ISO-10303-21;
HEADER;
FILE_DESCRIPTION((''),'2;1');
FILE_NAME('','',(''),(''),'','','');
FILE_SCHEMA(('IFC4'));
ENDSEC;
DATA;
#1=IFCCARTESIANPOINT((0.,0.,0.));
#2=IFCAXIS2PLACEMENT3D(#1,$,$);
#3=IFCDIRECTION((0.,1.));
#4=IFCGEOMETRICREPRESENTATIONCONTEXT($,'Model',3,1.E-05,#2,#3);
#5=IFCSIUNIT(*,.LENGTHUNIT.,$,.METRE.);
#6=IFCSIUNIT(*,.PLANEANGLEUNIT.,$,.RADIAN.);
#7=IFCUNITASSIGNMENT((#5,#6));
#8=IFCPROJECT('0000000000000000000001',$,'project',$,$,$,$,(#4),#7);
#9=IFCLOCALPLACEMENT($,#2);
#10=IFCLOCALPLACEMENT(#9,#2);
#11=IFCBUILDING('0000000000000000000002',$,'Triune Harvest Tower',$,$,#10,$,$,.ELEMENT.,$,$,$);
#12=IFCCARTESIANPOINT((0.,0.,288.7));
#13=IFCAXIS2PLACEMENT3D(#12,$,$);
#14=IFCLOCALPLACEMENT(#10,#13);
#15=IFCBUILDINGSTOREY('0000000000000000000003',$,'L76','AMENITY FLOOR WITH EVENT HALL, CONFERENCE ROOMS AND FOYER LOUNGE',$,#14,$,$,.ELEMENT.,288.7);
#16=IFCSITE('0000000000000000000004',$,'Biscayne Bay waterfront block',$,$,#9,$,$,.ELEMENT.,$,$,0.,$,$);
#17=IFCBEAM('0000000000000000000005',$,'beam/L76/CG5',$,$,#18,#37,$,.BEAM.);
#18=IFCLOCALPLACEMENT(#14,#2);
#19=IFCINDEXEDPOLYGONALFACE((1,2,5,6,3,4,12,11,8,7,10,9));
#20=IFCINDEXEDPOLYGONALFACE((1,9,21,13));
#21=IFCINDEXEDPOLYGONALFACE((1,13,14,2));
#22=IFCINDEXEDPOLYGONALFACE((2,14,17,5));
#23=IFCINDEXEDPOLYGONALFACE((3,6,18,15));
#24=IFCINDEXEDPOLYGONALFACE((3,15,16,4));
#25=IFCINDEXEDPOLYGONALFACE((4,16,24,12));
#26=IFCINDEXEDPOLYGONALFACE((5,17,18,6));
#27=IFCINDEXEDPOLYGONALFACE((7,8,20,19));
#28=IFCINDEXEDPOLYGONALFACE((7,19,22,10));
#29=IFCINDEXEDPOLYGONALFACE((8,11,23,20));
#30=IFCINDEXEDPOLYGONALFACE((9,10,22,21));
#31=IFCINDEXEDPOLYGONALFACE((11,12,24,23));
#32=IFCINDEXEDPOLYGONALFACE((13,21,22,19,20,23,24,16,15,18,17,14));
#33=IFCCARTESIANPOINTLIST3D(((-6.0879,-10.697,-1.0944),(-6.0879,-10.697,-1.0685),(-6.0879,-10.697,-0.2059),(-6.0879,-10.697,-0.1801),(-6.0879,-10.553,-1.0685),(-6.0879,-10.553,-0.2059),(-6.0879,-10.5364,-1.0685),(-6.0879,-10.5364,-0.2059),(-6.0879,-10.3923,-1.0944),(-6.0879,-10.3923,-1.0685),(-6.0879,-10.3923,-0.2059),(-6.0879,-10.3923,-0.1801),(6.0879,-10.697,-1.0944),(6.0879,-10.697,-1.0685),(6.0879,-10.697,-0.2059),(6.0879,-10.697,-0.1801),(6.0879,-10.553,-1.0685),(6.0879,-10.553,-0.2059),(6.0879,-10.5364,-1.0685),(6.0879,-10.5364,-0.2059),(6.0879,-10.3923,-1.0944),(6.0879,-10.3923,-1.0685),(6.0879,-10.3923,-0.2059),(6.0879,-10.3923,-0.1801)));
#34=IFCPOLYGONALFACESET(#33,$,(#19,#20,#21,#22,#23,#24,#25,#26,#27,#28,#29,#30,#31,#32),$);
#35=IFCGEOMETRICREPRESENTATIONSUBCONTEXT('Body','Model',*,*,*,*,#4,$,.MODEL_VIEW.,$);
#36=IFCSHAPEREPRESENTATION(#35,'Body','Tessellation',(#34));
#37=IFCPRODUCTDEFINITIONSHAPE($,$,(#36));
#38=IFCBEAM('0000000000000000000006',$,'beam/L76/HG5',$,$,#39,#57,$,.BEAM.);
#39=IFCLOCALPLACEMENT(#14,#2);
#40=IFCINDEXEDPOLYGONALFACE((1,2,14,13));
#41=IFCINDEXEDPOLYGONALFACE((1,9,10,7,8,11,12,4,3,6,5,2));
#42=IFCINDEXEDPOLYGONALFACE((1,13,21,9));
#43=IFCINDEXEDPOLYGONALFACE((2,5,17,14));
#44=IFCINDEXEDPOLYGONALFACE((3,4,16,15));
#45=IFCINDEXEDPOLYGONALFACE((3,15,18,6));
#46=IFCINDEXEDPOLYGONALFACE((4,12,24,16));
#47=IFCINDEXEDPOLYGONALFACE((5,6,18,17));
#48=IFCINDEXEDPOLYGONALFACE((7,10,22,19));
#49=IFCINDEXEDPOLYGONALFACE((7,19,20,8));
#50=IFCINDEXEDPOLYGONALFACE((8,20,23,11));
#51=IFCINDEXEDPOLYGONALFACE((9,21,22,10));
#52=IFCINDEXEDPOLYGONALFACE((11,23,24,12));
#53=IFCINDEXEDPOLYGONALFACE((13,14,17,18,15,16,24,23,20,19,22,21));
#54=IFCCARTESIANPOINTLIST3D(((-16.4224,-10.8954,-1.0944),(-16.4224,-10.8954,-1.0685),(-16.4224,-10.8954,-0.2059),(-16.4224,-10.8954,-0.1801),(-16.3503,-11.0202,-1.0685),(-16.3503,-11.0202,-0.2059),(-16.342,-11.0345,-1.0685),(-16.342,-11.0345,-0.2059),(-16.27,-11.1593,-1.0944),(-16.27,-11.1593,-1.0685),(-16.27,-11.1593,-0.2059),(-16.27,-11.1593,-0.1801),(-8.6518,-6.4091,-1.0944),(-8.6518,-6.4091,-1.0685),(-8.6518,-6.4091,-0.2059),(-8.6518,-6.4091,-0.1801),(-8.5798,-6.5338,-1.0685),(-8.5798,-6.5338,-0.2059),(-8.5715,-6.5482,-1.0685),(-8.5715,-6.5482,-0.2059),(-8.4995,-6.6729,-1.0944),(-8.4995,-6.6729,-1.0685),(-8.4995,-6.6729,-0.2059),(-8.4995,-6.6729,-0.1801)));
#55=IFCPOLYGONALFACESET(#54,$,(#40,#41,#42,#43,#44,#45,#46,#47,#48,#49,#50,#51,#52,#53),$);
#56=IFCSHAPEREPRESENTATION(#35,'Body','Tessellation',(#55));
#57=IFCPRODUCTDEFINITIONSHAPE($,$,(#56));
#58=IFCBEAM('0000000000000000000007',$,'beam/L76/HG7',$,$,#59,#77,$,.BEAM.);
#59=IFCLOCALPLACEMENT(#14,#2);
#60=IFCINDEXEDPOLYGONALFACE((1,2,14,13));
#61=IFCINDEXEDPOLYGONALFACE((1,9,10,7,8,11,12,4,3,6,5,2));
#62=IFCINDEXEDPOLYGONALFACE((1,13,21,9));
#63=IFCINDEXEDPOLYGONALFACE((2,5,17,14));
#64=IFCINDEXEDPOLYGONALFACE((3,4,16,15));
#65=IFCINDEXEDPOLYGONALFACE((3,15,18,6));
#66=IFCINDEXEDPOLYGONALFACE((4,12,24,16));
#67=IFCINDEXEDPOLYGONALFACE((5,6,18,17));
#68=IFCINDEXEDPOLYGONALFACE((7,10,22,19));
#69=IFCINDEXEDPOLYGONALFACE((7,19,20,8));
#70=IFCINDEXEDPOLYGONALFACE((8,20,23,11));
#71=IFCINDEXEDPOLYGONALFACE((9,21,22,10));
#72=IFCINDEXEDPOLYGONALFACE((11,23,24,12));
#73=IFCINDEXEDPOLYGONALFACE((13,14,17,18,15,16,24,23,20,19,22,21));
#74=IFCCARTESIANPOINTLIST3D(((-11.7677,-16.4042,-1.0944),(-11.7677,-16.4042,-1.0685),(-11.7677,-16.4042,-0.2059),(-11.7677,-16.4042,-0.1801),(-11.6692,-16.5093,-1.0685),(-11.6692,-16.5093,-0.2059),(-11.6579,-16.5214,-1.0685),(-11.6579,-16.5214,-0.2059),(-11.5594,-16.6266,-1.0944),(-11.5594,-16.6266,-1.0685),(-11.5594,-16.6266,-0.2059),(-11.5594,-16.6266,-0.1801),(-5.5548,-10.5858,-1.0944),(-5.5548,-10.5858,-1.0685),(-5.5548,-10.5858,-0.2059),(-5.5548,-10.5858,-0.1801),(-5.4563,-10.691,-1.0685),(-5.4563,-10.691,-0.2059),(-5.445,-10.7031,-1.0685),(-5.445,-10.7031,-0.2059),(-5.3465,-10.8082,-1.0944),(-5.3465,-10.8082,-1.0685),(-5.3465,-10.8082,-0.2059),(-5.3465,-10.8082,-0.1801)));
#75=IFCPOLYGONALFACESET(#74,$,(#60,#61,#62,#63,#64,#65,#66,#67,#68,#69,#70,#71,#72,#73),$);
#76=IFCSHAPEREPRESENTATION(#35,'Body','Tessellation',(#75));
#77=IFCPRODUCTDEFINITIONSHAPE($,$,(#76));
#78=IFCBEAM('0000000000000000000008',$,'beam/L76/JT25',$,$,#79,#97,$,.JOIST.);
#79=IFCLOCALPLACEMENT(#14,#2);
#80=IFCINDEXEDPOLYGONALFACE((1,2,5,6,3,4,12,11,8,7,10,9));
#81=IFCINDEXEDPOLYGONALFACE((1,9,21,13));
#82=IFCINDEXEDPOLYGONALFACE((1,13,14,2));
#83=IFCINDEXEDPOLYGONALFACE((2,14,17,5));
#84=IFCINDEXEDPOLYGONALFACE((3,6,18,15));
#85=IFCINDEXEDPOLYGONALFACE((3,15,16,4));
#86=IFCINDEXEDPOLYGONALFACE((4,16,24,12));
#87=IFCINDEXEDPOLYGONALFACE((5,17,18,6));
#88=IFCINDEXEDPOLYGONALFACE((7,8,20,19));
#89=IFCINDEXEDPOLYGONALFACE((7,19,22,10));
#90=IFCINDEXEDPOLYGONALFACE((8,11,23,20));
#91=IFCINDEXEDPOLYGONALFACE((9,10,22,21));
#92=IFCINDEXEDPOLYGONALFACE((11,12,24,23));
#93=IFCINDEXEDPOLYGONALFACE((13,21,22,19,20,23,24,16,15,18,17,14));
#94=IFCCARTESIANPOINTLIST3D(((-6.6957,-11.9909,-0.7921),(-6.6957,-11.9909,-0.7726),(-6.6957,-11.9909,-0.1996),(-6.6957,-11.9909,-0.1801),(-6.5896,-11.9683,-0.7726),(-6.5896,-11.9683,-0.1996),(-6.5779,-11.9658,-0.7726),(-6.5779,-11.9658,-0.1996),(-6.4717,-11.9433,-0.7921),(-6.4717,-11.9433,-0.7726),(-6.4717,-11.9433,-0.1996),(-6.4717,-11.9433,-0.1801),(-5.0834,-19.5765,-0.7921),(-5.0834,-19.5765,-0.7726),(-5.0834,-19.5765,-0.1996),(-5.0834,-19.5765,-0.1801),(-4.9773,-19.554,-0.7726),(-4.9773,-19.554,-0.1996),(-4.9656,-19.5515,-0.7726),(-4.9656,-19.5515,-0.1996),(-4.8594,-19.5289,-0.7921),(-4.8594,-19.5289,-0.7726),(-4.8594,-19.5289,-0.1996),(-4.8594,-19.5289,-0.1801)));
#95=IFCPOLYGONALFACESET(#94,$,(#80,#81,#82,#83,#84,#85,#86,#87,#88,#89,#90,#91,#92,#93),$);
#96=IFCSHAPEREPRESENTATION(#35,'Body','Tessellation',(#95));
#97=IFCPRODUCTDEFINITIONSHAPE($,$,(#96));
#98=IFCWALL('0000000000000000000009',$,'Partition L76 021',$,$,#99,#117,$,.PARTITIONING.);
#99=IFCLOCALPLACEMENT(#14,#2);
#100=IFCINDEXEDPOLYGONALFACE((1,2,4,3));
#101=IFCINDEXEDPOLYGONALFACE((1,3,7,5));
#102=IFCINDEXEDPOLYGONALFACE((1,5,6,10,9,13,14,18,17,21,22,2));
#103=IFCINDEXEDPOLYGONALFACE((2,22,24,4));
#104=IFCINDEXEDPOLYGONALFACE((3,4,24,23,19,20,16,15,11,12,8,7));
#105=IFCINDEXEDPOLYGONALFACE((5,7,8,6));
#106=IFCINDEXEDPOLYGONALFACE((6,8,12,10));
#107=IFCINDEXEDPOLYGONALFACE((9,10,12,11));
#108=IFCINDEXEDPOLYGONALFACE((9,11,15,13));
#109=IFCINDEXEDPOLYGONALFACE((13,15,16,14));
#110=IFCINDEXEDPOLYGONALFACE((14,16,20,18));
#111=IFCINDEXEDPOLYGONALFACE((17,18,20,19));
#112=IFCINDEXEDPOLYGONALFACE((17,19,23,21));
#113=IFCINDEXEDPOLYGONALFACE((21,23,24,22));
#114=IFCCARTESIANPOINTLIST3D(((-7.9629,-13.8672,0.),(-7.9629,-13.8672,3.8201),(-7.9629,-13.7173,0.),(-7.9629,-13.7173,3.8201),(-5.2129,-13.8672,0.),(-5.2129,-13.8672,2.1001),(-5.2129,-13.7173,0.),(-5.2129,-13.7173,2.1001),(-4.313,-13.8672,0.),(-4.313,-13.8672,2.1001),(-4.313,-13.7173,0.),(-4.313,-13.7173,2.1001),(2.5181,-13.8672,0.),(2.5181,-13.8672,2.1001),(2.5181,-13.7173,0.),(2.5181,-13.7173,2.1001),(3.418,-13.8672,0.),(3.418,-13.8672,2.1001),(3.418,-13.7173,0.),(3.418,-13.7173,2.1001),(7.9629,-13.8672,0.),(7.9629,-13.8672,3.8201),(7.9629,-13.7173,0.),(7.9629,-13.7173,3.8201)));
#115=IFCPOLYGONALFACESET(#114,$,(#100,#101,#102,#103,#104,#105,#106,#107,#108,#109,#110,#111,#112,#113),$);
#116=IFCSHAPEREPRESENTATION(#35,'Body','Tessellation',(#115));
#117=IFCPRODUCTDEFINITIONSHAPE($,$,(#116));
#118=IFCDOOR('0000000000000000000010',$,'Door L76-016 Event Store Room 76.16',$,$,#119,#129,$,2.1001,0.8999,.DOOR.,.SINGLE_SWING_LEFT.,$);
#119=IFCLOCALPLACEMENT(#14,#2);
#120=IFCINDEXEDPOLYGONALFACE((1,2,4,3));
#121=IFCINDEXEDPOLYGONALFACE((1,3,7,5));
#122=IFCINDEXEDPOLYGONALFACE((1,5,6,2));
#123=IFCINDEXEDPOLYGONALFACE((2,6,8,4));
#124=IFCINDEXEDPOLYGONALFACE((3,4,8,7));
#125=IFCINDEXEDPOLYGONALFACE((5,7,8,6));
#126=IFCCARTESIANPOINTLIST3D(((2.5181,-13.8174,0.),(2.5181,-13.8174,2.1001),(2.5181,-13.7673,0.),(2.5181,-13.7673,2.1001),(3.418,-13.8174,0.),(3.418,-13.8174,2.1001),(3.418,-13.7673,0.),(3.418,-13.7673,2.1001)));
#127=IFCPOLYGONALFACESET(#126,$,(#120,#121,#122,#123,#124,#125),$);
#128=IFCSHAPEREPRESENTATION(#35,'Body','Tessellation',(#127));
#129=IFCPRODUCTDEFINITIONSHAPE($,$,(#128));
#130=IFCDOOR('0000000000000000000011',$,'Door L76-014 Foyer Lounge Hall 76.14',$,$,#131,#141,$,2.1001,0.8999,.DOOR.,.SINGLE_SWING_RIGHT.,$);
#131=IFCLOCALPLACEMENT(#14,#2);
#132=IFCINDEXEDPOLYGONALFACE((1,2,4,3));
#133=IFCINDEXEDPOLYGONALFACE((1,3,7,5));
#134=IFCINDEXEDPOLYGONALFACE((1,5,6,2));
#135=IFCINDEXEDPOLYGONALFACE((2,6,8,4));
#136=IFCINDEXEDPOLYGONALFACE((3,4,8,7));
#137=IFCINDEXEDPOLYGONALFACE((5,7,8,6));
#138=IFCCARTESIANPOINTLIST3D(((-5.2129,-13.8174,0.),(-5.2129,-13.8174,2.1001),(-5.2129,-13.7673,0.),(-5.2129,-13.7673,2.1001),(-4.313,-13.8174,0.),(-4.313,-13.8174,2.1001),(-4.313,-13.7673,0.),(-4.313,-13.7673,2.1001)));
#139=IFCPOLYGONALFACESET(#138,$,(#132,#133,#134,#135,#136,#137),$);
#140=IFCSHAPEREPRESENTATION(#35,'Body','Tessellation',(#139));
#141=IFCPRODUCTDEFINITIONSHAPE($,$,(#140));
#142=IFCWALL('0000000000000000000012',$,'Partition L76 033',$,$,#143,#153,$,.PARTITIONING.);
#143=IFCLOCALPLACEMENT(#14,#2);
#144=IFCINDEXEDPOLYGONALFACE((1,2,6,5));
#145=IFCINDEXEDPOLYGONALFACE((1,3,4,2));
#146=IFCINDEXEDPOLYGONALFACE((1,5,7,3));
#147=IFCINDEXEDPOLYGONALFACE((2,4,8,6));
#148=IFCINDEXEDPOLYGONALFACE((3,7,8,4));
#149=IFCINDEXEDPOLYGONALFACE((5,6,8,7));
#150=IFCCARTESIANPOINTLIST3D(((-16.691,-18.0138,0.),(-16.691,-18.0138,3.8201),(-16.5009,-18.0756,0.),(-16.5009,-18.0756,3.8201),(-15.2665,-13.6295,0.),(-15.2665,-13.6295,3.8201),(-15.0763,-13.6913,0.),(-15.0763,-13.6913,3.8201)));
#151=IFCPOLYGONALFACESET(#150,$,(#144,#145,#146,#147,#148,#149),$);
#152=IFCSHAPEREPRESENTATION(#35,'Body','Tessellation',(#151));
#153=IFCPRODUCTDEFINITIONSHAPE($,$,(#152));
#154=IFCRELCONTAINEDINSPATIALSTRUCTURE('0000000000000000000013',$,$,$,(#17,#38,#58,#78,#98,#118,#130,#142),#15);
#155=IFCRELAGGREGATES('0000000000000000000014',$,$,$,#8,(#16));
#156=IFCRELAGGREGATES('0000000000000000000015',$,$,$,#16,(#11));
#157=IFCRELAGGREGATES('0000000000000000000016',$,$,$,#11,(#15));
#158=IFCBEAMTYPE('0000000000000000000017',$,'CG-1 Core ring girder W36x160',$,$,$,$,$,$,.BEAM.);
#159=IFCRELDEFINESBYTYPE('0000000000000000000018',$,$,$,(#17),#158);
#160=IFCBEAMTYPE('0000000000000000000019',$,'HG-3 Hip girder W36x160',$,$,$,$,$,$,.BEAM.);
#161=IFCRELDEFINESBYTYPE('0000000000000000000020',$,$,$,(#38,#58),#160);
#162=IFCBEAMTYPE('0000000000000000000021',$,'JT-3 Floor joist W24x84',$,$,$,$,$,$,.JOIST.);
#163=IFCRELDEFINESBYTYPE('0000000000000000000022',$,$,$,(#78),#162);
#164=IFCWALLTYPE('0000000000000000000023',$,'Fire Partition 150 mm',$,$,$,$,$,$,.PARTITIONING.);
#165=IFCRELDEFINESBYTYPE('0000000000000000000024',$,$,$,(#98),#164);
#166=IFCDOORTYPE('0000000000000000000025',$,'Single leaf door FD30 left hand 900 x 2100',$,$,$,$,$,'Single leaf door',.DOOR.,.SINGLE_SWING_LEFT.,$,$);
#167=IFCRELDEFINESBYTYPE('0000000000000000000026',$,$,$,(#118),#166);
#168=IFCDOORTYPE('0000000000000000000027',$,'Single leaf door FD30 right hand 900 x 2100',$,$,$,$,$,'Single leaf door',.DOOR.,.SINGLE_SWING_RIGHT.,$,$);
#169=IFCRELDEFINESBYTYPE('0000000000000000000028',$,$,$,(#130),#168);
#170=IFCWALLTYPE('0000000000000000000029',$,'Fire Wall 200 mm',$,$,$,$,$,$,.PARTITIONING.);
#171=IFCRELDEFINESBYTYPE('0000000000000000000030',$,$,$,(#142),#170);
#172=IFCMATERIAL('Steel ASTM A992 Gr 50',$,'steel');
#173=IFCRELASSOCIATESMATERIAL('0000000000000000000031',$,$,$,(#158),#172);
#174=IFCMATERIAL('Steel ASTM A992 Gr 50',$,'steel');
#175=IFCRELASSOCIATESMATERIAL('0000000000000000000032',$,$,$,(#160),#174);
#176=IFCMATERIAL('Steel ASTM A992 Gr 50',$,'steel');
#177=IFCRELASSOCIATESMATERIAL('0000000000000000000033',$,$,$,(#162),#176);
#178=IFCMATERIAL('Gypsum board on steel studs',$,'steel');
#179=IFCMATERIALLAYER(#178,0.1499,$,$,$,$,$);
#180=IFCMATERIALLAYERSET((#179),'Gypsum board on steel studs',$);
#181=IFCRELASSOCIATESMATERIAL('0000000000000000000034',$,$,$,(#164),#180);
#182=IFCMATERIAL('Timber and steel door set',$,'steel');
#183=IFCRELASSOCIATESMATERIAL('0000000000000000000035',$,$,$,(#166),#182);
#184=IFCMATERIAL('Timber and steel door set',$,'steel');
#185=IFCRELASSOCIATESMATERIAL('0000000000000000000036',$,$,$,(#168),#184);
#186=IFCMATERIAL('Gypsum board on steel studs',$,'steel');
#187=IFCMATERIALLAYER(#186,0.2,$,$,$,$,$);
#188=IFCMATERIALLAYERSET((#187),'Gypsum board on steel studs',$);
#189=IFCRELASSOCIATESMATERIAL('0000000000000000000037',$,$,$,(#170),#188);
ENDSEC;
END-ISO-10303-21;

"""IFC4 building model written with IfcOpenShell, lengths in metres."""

from ifc_helpers import new_model, si_unit, direction, frame, frame_2d, origin, origin_2d, place, context, subcontext, project, spatial, rectangle, i_section, extrude, source, transform, mapped, material, layer, layer_set, material_profile, profile_set, type_object, element, fill, save


model = new_model("IFC4")

# Units and contexts
model_context = context("Model", 3, precision=1e-05, world=origin(), true_north=direction((0.0, 1.0)))
body_context = subcontext(model_context, "Body", "Model", "MODEL_VIEW")
ifc_project = project(units=[si_unit("LENGTHUNIT", "METRE"), si_unit("PLANEANGLEUNIT", "RADIAN")], contexts=[model_context])

# Site, building, storey
site_placement = place(None, origin())
site = spatial("IfcSite", under=ifc_project, at=site_placement, Name="Biscayne Bay waterfront block", CompositionType="ELEMENT", RefElevation=0.0)
building_placement = place(site_placement, origin())
building = spatial("IfcBuilding", under=site, at=building_placement, Name="Triune Harvest Tower", CompositionType="ELEMENT")
storey_placement = place(building_placement, frame((0.0, 0.0, 288.7)))
storey = spatial("IfcBuildingStorey", under=building, at=storey_placement, Name="L76", Description="AMENITY FLOOR WITH EVENT HALL, CONFERENCE ROOMS AND FOYER LOUNGE", CompositionType="ELEMENT", Elevation=288.7)

# Beams
ifc_material_1 = material(Name="Steel ASTM A992 Gr 50", Category="steel")
ifc_material_profile_1 = material_profile(ifc_material_1, i_section(OverallWidth=0.3047, OverallDepth=0.9143, WebThickness=0.0166, FlangeThickness=0.0259, at=origin_2d()), Name="W36x160")
ifc_profile_set_1 = profile_set([ifc_material_profile_1], Name="Steel ASTM A992 Gr 50")
beam_type_1 = type_object("IfcBeamType", Name="CG-1 Core ring girder W36x160", PredefinedType="BEAM", material=ifc_profile_set_1)
shared_shape_1 = source(origin(), body_context, "Body", "SweptSolid", [
    extrude(i_section(OverallWidth=0.3047, OverallDepth=0.9143, WebThickness=0.0166, FlangeThickness=0.0259, at=origin_2d()), origin(), (0.0, 0.0, 1.0), 12.1758),
])
beam_1_placement = place(storey_placement, frame((-6.0879, -10.5447, -0.6372), z_axis=(1.0, 0.0, 0.0), x_axis=(0.0, 1.0, 0.0)))
element("IfcBeam", 1, at=beam_1_placement, inside=storey, type_object=beam_type_1, Name="beam/L76/CG5", PredefinedType="BEAM", context=body_context, shape_type="MappedRepresentation", body=[
    mapped(shared_shape_1, transform((0.0, 0.0, 0.0), scale=1.0)),
])
ifc_material_2 = material(Name="Steel ASTM A992 Gr 50", Category="steel")
ifc_material_profile_2 = material_profile(ifc_material_2, i_section(OverallWidth=0.3047, OverallDepth=0.9143, WebThickness=0.0166, FlangeThickness=0.0259, at=origin_2d()), Name="W36x160")
ifc_profile_set_2 = profile_set([ifc_material_profile_2], Name="Steel ASTM A992 Gr 50")
beam_type_2 = type_object("IfcBeamType", Name="HG-3 Hip girder W36x160", PredefinedType="BEAM", material=ifc_profile_set_2)
shared_shape_2 = source(origin(), body_context, "Body", "SweptSolid", [
    extrude(i_section(OverallWidth=0.3047, OverallDepth=0.9143, WebThickness=0.0166, FlangeThickness=0.0259, at=origin_2d()), origin(), (0.0, 0.0, 1.0), 8.9727),
])
beam_2_placement = place(storey_placement, frame((-16.3462, -11.0273, -0.6372), z_axis=(0.866024, 0.500002, 0.0), x_axis=(-0.500002, 0.866024, 0.0)))
element("IfcBeam", 2, at=beam_2_placement, inside=storey, type_object=beam_type_2, Name="beam/L76/HG5", PredefinedType="BEAM", context=body_context, shape_type="MappedRepresentation", body=[
    mapped(shared_shape_2, transform((0.0, 0.0, 0.0), scale=1.0)),
])
shared_shape_3 = source(origin(), body_context, "Body", "SweptSolid", [
    extrude(i_section(OverallWidth=0.3047, OverallDepth=0.9143, WebThickness=0.0166, FlangeThickness=0.0259, at=origin_2d()), origin(), (0.0, 0.0, 1.0), 8.512),
])
beam_3_placement = place(storey_placement, frame((-11.6636, -16.5154, -0.6372), z_axis=(0.729902, 0.683552, 0.0), x_axis=(-0.683552, 0.729902, 0.0)))
element("IfcBeam", 3, at=beam_3_placement, inside=storey, type_object=beam_type_2, Name="beam/L76/HG7", PredefinedType="BEAM", context=body_context, shape_type="MappedRepresentation", body=[
    mapped(shared_shape_3, transform((0.0, 0.0, 0.0), scale=1.0)),
])
ifc_material_3 = material(Name="Steel ASTM A992 Gr 50", Category="steel")
ifc_material_profile_3 = material_profile(ifc_material_3, i_section(OverallWidth=0.229, OverallDepth=0.6121, WebThickness=0.012, FlangeThickness=0.0195, at=origin_2d()), Name="W24x84")
ifc_profile_set_3 = profile_set([ifc_material_profile_3], Name="Steel ASTM A992 Gr 50")
beam_type_3 = type_object("IfcBeamType", Name="JT-3 Floor joist W24x84", PredefinedType="JOIST", material=ifc_profile_set_3)
shared_shape_4 = source(origin(), body_context, "Body", "SweptSolid", [
    extrude(i_section(OverallWidth=0.229, OverallDepth=0.6121, WebThickness=0.012, FlangeThickness=0.0195, at=origin_2d()), origin(), (0.0, 0.0, 1.0), 7.7551),
])
beam_4_placement = place(storey_placement, frame((-4.9714, -19.5527, -0.4861), z_axis=(-0.207901, 0.97815, 0.0), x_axis=(-0.97815, -0.207901, 0.0)))
element("IfcBeam", 4, at=beam_4_placement, inside=storey, type_object=beam_type_3, Name="beam/L76/JT25", PredefinedType="JOIST", context=body_context, shape_type="MappedRepresentation", body=[
    mapped(shared_shape_4, transform((0.0, 0.0, 0.0), scale=1.0)),
])

# Wall, openings, doors
ifc_material_4 = material(Name="Gypsum board on steel studs", Category="steel")
ifc_layer_1 = layer(ifc_material_4, 0.1499)
ifc_layer_set_1 = layer_set([ifc_layer_1], Name="Gypsum board on steel studs")
wall_type_1 = type_object("IfcWallType", Name="Fire Partition 150 mm", PredefinedType="PARTITIONING", material=ifc_layer_set_1)
wall_1_placement = place(storey_placement, frame((-7.9629, -13.7922, 0.0), z_axis=(0.0, 0.0, 1.0), x_axis=(1.0, 0.0, 0.0)))
wall_1 = element("IfcWall", 5, at=wall_1_placement, inside=storey, type_object=wall_type_1, Name="Partition L76 021", PredefinedType="PARTITIONING", context=body_context, shape_type="SweptSolid", body=[
    extrude(rectangle(XDim=15.9258, YDim=0.1499, at=frame_2d((7.9629, 0.0))), origin(), (0.0, 0.0, 1.0), 3.8201),
])
opening_1_placement = place(wall_1_placement, frame((2.75, 0.0, 0.0)))
opening_1 = element("IfcOpeningElement", 6, at=opening_1_placement, cuts=wall_1, PredefinedType="OPENING", context=body_context, shape_type="SweptSolid", body=[
    extrude(rectangle(XDim=0.8999, YDim=2.1001, at=frame_2d((0.45, 1.05))), frame((0.0, 0.085, 0.0), z_axis=(0.0, -1.0, 0.0), x_axis=(1.0, 0.0, 0.0)), (0.0, 0.0, 1.0), 0.1699),
])
opening_2_placement = place(wall_1_placement, frame((10.481, 0.0, 0.0)))
opening_2 = element("IfcOpeningElement", 7, at=opening_2_placement, cuts=wall_1, PredefinedType="OPENING", context=body_context, shape_type="SweptSolid", body=[
    extrude(rectangle(XDim=0.8999, YDim=2.1001, at=frame_2d((0.45, 1.05))), frame((0.0, 0.085, 0.0), z_axis=(0.0, -1.0, 0.0), x_axis=(1.0, 0.0, 0.0)), (0.0, 0.0, 1.0), 0.1699),
])
ifc_material_5 = material(Name="Timber and steel door set", Category="steel")
door_type_1 = type_object("IfcDoorType", Name="Single leaf door FD30 left hand 900 x 2100", ElementType="Single leaf door", OperationType="SINGLE_SWING_LEFT", PredefinedType="DOOR", material=ifc_material_5)
door_1_placement = place(opening_2_placement, origin())
door_1 = element("IfcDoor", 8, at=door_1_placement, inside=storey, type_object=door_type_1, Name="Door L76-016 Event Store Room 76.16", OperationType="SINGLE_SWING_LEFT", OverallHeight=2.1001, OverallWidth=0.8999, PredefinedType="DOOR", context=body_context, shape_type="SweptSolid", body=[
    extrude(rectangle(XDim=0.8999, YDim=2.1001, at=frame_2d((0.45, 1.05))), frame((0.0, 0.0249, 0.0), z_axis=(0.0, -1.0, 0.0), x_axis=(1.0, 0.0, 0.0)), (0.0, 0.0, 1.0), 0.05),
])
fill(opening_2, door_1)
ifc_material_6 = material(Name="Timber and steel door set", Category="steel")
door_type_2 = type_object("IfcDoorType", Name="Single leaf door FD30 right hand 900 x 2100", ElementType="Single leaf door", OperationType="SINGLE_SWING_RIGHT", PredefinedType="DOOR", material=ifc_material_6)
door_2_placement = place(opening_1_placement, origin())
door_2 = element("IfcDoor", 9, at=door_2_placement, inside=storey, type_object=door_type_2, Name="Door L76-014 Foyer Lounge Hall 76.14", OperationType="SINGLE_SWING_RIGHT", OverallHeight=2.1001, OverallWidth=0.8999, PredefinedType="DOOR", context=body_context, shape_type="SweptSolid", body=[
    extrude(rectangle(XDim=0.8999, YDim=2.1001, at=frame_2d((0.45, 1.05))), frame((0.0, 0.0249, 0.0), z_axis=(0.0, -1.0, 0.0), x_axis=(1.0, 0.0, 0.0)), (0.0, 0.0, 1.0), 0.05),
])
fill(opening_1, door_2)

# Wall
ifc_material_7 = material(Name="Gypsum board on steel studs", Category="steel")
ifc_layer_2 = layer(ifc_material_7, 0.2)
ifc_layer_set_2 = layer_set([ifc_layer_2], Name="Gypsum board on steel studs")
wall_type_2 = type_object("IfcWallType", Name="Fire Wall 200 mm", PredefinedType="PARTITIONING", material=ifc_layer_set_2)
wall_2_placement = place(storey_placement, frame((-16.5959, -18.0447, 0.0), z_axis=(0.0, 0.0, 1.0), x_axis=(0.309021, 0.951055, 0.0)))
element("IfcWall", 10, at=wall_2_placement, inside=storey, type_object=wall_type_2, Name="Partition L76 033", PredefinedType="PARTITIONING", context=body_context, shape_type="SweptSolid", body=[
    extrude(rectangle(XDim=4.6099, YDim=0.2, at=frame_2d((2.3049, 0.0))), origin(), (0.0, 0.0, 1.0), 3.8201),
])

save(model, "model.ifc")
